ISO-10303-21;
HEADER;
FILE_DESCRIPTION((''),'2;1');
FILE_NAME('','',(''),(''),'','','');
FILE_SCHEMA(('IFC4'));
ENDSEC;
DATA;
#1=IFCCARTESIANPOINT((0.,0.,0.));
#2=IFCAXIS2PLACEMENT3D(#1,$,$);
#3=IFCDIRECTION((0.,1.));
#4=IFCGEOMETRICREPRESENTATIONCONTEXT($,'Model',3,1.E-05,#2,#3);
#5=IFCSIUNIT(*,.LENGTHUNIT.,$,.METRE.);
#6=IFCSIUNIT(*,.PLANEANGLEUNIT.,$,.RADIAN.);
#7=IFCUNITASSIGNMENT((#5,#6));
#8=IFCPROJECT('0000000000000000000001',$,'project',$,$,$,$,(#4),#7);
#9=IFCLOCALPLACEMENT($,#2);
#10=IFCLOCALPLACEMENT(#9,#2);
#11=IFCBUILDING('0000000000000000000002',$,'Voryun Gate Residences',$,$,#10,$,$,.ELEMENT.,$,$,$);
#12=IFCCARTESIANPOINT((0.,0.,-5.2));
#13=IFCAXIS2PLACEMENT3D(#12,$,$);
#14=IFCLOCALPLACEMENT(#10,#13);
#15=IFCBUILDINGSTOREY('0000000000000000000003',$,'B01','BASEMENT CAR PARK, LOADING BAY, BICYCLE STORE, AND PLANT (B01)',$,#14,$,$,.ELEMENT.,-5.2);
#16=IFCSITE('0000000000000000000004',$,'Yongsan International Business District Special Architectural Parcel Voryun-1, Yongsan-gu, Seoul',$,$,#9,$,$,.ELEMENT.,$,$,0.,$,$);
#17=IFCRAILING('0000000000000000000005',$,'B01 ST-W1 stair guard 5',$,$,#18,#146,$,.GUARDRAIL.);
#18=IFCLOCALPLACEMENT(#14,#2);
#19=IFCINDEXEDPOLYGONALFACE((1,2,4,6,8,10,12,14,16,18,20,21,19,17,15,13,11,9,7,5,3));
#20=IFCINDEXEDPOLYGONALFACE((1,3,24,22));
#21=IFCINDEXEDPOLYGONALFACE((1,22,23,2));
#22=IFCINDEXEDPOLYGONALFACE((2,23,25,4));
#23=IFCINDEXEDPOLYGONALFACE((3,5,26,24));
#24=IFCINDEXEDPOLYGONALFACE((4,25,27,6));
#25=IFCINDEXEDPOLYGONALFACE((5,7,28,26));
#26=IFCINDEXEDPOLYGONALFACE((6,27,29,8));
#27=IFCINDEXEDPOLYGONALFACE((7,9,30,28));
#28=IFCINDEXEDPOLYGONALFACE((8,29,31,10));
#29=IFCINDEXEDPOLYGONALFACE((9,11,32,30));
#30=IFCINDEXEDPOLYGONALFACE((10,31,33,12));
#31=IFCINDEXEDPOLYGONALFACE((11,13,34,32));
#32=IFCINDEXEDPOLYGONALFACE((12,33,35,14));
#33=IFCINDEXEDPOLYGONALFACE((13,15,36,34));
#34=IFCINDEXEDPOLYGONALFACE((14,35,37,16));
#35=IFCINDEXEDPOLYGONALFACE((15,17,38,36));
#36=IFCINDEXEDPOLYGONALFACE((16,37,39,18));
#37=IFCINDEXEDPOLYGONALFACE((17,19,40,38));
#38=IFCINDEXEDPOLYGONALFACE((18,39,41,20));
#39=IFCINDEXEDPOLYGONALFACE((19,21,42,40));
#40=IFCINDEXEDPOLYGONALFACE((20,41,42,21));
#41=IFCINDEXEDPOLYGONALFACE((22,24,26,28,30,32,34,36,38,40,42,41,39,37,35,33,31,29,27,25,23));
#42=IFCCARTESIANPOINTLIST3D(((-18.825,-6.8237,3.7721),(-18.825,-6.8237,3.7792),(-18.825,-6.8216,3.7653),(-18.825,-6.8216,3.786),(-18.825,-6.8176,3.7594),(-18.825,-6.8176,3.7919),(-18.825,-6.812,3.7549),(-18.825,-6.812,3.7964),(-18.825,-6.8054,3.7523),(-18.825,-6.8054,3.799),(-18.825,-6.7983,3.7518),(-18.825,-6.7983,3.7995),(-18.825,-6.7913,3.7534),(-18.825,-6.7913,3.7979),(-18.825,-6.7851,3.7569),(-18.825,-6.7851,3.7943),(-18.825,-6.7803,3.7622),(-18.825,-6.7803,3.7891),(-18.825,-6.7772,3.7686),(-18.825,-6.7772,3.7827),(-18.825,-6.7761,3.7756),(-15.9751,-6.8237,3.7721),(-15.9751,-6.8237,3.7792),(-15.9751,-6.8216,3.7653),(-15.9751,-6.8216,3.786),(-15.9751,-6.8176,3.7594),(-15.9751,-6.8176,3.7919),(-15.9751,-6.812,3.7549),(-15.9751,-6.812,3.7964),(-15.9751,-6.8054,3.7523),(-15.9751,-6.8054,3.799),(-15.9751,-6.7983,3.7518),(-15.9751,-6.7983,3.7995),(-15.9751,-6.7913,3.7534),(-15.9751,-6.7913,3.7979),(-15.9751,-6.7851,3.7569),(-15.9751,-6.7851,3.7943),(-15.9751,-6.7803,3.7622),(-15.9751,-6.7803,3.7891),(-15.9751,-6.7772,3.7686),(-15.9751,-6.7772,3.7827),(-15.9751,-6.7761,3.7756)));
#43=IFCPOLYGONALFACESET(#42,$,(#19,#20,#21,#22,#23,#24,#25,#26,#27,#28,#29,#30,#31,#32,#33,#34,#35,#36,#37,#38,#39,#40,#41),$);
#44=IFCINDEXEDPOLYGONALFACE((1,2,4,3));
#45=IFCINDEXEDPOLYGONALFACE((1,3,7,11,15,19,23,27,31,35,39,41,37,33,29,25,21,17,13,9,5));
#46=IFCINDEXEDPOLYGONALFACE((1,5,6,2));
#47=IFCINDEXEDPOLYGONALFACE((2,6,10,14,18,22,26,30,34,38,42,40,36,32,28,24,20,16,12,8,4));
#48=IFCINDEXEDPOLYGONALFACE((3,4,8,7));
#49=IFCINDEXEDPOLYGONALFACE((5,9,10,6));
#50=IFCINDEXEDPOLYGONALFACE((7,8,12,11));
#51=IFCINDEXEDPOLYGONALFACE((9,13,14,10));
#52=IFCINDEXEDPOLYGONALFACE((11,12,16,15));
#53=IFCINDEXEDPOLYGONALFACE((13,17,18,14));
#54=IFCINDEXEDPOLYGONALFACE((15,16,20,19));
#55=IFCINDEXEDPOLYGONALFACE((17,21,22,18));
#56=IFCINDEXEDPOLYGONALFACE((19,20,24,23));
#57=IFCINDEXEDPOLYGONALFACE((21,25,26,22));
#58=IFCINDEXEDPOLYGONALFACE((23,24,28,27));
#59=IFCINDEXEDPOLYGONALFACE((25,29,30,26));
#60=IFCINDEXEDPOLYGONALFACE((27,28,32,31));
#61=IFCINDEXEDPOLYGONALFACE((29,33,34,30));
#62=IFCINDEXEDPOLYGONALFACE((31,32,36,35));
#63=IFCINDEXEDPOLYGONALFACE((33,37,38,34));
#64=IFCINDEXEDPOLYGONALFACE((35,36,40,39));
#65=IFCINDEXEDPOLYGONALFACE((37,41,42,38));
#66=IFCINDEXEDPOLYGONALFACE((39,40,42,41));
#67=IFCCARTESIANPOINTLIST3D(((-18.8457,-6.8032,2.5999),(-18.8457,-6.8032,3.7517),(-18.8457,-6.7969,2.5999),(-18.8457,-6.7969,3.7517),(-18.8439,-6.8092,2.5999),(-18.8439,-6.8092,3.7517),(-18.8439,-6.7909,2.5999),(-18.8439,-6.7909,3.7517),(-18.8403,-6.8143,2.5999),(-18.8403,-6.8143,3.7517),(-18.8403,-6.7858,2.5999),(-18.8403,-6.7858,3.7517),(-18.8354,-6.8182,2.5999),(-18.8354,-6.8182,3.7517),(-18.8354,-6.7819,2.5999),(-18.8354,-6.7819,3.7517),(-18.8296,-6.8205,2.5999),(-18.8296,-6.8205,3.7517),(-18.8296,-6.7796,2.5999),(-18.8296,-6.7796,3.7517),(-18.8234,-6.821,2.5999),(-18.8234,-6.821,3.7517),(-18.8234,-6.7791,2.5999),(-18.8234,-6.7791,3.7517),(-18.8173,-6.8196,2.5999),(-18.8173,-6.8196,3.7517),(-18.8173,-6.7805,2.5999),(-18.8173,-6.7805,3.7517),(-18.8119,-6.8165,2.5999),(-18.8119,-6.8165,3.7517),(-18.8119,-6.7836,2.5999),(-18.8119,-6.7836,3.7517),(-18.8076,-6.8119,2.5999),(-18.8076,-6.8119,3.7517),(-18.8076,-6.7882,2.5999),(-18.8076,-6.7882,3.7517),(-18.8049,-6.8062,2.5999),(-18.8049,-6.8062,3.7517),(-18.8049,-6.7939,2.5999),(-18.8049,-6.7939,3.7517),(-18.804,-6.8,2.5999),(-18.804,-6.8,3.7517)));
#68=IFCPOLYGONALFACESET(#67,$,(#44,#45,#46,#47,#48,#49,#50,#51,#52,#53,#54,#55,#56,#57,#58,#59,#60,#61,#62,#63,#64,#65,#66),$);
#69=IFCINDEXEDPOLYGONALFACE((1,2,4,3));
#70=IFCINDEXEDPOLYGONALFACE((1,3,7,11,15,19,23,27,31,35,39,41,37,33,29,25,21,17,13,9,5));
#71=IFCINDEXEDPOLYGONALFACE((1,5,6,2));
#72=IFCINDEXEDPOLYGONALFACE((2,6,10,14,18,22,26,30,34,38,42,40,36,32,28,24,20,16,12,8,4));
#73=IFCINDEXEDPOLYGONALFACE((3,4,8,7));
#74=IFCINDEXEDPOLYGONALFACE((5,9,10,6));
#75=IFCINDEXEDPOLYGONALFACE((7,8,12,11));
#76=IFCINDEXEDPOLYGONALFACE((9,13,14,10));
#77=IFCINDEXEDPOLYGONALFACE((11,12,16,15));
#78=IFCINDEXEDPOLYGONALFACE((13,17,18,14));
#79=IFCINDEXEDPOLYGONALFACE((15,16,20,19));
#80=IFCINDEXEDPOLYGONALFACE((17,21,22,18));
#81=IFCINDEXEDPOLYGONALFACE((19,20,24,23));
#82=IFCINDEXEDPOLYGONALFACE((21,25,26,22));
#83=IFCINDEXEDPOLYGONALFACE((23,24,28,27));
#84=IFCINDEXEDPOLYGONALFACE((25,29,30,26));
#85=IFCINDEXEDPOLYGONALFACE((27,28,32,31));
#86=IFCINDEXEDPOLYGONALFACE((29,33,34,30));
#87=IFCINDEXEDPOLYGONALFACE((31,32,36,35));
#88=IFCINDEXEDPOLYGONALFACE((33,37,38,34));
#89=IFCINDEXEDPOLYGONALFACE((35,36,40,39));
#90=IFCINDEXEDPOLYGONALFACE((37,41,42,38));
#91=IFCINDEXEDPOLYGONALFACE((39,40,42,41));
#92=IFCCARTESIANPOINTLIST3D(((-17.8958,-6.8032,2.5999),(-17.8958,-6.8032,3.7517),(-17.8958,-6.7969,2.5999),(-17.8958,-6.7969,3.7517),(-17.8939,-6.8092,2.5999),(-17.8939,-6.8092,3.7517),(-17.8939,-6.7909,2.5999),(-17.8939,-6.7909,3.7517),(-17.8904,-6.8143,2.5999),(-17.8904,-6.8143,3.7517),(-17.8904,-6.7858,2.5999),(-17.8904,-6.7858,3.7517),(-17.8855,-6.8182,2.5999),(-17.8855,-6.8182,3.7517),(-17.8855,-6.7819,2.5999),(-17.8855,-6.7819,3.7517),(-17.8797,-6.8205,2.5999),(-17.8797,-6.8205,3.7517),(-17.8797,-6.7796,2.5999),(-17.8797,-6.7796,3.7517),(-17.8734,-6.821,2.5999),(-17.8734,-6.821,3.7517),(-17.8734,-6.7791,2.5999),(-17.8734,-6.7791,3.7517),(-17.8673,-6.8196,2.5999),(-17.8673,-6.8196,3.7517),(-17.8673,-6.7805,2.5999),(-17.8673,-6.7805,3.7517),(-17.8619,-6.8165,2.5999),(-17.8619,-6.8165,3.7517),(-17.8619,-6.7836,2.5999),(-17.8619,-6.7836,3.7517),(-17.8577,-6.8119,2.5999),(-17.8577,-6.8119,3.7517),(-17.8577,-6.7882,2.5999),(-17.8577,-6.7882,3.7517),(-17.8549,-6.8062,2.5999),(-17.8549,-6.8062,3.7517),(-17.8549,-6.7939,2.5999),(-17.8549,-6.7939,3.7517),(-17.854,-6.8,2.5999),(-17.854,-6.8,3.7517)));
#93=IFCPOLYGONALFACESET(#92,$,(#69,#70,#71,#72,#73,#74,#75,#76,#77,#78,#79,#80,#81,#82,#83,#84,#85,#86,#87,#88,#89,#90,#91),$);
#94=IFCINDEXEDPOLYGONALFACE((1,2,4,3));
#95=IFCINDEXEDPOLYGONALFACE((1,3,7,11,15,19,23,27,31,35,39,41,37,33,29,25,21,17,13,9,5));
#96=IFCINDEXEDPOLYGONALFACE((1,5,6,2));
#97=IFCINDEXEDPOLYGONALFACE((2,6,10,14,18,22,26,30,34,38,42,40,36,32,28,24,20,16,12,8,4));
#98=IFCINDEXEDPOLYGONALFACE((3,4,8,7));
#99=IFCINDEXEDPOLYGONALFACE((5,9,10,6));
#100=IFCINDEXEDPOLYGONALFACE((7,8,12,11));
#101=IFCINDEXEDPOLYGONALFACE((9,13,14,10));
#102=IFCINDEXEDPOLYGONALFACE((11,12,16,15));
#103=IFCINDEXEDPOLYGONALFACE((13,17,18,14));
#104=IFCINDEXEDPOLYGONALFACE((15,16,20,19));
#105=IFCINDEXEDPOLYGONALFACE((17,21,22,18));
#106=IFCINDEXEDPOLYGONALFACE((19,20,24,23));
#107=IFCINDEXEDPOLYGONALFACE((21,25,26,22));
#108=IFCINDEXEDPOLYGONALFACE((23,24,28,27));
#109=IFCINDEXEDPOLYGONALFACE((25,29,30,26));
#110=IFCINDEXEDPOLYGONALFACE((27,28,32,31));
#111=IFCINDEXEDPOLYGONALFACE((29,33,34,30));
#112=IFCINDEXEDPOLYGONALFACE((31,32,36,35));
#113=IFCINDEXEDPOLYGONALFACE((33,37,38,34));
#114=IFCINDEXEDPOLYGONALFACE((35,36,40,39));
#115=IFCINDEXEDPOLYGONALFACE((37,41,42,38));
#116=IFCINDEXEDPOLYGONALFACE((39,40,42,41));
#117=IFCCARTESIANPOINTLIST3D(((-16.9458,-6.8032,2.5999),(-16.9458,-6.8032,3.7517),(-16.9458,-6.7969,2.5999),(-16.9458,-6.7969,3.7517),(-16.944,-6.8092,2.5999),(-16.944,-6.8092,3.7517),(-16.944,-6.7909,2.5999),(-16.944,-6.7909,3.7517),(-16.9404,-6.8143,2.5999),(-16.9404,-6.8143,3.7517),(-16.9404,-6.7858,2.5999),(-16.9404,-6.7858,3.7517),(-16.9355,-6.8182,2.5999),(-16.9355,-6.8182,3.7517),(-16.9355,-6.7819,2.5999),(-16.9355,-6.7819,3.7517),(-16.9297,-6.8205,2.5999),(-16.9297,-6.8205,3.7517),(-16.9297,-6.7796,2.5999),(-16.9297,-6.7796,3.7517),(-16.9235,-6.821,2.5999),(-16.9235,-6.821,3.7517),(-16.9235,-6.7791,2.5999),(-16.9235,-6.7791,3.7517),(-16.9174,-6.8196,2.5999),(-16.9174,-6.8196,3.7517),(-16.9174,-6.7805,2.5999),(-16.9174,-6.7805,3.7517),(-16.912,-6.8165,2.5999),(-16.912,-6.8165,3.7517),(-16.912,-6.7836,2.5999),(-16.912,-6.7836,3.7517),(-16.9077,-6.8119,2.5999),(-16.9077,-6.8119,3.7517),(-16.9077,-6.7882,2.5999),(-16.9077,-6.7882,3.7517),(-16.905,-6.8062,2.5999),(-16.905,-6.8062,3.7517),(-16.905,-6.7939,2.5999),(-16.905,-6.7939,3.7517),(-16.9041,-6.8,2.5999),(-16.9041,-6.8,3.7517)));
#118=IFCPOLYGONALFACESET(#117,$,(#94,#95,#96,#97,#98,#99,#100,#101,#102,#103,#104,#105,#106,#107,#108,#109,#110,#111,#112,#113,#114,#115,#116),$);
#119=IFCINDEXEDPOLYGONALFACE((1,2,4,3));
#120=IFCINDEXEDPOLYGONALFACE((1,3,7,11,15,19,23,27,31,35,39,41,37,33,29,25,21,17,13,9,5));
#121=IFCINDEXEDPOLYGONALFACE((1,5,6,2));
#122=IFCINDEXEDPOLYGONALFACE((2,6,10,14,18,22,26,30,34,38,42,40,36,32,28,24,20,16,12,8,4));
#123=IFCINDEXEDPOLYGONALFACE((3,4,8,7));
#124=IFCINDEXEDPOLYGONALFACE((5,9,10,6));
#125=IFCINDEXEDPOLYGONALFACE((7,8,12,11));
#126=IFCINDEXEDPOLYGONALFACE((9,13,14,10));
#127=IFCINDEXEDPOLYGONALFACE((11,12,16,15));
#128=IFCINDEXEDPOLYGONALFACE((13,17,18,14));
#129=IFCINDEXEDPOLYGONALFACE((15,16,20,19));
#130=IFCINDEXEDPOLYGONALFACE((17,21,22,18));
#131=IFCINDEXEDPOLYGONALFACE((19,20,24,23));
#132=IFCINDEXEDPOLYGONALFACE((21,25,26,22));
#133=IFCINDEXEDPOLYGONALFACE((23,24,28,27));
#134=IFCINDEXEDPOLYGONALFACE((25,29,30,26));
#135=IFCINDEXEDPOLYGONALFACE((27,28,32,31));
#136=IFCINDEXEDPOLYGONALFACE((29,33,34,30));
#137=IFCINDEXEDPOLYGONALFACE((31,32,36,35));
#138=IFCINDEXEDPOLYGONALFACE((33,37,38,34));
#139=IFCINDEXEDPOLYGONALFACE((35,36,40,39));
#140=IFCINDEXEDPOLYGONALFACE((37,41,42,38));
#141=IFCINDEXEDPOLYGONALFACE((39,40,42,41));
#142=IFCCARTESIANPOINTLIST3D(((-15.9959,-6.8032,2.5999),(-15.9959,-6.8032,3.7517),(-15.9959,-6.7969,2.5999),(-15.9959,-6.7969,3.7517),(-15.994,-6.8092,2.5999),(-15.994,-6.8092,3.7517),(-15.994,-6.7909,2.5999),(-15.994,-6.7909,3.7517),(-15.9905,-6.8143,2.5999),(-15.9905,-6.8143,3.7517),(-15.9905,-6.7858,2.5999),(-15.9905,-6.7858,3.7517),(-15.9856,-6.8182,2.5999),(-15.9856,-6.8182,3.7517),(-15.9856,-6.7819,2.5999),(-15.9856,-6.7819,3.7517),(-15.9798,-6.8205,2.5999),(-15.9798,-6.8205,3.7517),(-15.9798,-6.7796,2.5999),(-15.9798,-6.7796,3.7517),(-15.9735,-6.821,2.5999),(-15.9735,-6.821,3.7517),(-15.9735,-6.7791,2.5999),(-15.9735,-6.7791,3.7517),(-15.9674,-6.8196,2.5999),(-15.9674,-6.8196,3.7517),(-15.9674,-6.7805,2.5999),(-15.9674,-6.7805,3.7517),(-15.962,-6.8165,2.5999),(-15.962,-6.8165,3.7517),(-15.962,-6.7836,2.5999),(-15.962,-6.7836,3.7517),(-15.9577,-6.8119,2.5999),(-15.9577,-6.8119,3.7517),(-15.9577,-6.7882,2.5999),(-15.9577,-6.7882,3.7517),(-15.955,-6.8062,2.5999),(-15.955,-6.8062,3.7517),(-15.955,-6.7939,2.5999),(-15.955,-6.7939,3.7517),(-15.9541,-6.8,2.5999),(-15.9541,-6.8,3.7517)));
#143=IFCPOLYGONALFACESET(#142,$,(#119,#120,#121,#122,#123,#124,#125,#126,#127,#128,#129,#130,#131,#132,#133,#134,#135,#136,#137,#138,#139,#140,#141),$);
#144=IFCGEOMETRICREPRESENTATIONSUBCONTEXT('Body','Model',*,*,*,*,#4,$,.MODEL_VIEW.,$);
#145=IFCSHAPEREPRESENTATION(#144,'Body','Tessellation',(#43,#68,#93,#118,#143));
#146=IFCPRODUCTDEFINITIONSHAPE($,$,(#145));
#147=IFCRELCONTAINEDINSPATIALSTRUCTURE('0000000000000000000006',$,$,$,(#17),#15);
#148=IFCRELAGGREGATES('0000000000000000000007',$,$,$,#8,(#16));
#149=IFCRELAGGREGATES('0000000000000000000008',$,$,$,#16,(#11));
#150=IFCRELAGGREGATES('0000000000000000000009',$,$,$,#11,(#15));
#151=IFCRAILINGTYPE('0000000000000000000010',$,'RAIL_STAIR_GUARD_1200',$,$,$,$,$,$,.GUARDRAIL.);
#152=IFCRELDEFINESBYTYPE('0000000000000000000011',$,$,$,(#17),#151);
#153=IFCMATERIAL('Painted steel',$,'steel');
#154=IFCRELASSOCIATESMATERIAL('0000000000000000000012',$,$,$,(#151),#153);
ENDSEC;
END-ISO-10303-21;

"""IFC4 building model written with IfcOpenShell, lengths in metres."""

from ifc_helpers import new_model, si_unit, direction, frame, origin, origin_2d, place, context, subcontext, project, spatial, circle, extrude, material, type_object, element, save


model = new_model("IFC4")

# Units and contexts
model_context = context("Model", 3, precision=1e-05, world=origin(), true_north=direction((0.0, 1.0)))
body_context = subcontext(model_context, "Body", "Model", "MODEL_VIEW")
ifc_project = project(units=[si_unit("LENGTHUNIT", "METRE"), si_unit("PLANEANGLEUNIT", "RADIAN")], contexts=[model_context])

# Site, building, storey
site_placement = place(None, origin())
site = spatial("IfcSite", under=ifc_project, at=site_placement, Name="Yongsan International Business District Special Architectural Parcel Voryun-1, Yongsan-gu, Seoul", CompositionType="ELEMENT", RefElevation=0.0)
building_placement = place(site_placement, origin())
building = spatial("IfcBuilding", under=site, at=building_placement, Name="Voryun Gate Residences", CompositionType="ELEMENT")
storey_placement = place(building_placement, frame((0.0, 0.0, -5.2)))
storey = spatial("IfcBuildingStorey", under=building, at=storey_placement, Name="B01", Description="BASEMENT CAR PARK, LOADING BAY, BICYCLE STORE, AND PLANT (B01)", CompositionType="ELEMENT", Elevation=-5.2)

# Railing
ifc_material_1 = material(Name="Painted steel", Category="steel")
railing_type = type_object("IfcRailingType", Name="RAIL_STAIR_GUARD_1200", PredefinedType="GUARDRAIL", material=ifc_material_1)
railing_1_placement = place(storey_placement, frame((-18.825, -6.8, 2.5999)))
element("IfcRailing", 1, at=railing_1_placement, inside=storey, type_object=railing_type, Name="B01 ST-W1 stair guard 5", PredefinedType="GUARDRAIL", context=body_context, shape_type="SweptSolid", body=[
    extrude(circle(Radius=0.0239, at=origin_2d()), frame((0.0, 0.0, 1.1758), z_axis=(1.0, 0.0, 0.0), x_axis=(0.0, 1.0, 0.0)), (0.0, 0.0, 1.0), 2.8499),
    extrude(circle(Radius=0.021, at=origin_2d()), origin(), (0.0, 0.0, 1.0), 1.1519),
    extrude(circle(Radius=0.021, at=origin_2d()), frame((0.95, 0.0, 0.0)), (0.0, 0.0, 1.0), 1.1519),
    extrude(circle(Radius=0.021, at=origin_2d()), frame((1.8999, 0.0, 0.0)), (0.0, 0.0, 1.0), 1.1519),
    extrude(circle(Radius=0.021, at=origin_2d()), frame((2.8499, 0.0, 0.0)), (0.0, 0.0, 1.0), 1.1519),
])

save(model, "model.ifc")
